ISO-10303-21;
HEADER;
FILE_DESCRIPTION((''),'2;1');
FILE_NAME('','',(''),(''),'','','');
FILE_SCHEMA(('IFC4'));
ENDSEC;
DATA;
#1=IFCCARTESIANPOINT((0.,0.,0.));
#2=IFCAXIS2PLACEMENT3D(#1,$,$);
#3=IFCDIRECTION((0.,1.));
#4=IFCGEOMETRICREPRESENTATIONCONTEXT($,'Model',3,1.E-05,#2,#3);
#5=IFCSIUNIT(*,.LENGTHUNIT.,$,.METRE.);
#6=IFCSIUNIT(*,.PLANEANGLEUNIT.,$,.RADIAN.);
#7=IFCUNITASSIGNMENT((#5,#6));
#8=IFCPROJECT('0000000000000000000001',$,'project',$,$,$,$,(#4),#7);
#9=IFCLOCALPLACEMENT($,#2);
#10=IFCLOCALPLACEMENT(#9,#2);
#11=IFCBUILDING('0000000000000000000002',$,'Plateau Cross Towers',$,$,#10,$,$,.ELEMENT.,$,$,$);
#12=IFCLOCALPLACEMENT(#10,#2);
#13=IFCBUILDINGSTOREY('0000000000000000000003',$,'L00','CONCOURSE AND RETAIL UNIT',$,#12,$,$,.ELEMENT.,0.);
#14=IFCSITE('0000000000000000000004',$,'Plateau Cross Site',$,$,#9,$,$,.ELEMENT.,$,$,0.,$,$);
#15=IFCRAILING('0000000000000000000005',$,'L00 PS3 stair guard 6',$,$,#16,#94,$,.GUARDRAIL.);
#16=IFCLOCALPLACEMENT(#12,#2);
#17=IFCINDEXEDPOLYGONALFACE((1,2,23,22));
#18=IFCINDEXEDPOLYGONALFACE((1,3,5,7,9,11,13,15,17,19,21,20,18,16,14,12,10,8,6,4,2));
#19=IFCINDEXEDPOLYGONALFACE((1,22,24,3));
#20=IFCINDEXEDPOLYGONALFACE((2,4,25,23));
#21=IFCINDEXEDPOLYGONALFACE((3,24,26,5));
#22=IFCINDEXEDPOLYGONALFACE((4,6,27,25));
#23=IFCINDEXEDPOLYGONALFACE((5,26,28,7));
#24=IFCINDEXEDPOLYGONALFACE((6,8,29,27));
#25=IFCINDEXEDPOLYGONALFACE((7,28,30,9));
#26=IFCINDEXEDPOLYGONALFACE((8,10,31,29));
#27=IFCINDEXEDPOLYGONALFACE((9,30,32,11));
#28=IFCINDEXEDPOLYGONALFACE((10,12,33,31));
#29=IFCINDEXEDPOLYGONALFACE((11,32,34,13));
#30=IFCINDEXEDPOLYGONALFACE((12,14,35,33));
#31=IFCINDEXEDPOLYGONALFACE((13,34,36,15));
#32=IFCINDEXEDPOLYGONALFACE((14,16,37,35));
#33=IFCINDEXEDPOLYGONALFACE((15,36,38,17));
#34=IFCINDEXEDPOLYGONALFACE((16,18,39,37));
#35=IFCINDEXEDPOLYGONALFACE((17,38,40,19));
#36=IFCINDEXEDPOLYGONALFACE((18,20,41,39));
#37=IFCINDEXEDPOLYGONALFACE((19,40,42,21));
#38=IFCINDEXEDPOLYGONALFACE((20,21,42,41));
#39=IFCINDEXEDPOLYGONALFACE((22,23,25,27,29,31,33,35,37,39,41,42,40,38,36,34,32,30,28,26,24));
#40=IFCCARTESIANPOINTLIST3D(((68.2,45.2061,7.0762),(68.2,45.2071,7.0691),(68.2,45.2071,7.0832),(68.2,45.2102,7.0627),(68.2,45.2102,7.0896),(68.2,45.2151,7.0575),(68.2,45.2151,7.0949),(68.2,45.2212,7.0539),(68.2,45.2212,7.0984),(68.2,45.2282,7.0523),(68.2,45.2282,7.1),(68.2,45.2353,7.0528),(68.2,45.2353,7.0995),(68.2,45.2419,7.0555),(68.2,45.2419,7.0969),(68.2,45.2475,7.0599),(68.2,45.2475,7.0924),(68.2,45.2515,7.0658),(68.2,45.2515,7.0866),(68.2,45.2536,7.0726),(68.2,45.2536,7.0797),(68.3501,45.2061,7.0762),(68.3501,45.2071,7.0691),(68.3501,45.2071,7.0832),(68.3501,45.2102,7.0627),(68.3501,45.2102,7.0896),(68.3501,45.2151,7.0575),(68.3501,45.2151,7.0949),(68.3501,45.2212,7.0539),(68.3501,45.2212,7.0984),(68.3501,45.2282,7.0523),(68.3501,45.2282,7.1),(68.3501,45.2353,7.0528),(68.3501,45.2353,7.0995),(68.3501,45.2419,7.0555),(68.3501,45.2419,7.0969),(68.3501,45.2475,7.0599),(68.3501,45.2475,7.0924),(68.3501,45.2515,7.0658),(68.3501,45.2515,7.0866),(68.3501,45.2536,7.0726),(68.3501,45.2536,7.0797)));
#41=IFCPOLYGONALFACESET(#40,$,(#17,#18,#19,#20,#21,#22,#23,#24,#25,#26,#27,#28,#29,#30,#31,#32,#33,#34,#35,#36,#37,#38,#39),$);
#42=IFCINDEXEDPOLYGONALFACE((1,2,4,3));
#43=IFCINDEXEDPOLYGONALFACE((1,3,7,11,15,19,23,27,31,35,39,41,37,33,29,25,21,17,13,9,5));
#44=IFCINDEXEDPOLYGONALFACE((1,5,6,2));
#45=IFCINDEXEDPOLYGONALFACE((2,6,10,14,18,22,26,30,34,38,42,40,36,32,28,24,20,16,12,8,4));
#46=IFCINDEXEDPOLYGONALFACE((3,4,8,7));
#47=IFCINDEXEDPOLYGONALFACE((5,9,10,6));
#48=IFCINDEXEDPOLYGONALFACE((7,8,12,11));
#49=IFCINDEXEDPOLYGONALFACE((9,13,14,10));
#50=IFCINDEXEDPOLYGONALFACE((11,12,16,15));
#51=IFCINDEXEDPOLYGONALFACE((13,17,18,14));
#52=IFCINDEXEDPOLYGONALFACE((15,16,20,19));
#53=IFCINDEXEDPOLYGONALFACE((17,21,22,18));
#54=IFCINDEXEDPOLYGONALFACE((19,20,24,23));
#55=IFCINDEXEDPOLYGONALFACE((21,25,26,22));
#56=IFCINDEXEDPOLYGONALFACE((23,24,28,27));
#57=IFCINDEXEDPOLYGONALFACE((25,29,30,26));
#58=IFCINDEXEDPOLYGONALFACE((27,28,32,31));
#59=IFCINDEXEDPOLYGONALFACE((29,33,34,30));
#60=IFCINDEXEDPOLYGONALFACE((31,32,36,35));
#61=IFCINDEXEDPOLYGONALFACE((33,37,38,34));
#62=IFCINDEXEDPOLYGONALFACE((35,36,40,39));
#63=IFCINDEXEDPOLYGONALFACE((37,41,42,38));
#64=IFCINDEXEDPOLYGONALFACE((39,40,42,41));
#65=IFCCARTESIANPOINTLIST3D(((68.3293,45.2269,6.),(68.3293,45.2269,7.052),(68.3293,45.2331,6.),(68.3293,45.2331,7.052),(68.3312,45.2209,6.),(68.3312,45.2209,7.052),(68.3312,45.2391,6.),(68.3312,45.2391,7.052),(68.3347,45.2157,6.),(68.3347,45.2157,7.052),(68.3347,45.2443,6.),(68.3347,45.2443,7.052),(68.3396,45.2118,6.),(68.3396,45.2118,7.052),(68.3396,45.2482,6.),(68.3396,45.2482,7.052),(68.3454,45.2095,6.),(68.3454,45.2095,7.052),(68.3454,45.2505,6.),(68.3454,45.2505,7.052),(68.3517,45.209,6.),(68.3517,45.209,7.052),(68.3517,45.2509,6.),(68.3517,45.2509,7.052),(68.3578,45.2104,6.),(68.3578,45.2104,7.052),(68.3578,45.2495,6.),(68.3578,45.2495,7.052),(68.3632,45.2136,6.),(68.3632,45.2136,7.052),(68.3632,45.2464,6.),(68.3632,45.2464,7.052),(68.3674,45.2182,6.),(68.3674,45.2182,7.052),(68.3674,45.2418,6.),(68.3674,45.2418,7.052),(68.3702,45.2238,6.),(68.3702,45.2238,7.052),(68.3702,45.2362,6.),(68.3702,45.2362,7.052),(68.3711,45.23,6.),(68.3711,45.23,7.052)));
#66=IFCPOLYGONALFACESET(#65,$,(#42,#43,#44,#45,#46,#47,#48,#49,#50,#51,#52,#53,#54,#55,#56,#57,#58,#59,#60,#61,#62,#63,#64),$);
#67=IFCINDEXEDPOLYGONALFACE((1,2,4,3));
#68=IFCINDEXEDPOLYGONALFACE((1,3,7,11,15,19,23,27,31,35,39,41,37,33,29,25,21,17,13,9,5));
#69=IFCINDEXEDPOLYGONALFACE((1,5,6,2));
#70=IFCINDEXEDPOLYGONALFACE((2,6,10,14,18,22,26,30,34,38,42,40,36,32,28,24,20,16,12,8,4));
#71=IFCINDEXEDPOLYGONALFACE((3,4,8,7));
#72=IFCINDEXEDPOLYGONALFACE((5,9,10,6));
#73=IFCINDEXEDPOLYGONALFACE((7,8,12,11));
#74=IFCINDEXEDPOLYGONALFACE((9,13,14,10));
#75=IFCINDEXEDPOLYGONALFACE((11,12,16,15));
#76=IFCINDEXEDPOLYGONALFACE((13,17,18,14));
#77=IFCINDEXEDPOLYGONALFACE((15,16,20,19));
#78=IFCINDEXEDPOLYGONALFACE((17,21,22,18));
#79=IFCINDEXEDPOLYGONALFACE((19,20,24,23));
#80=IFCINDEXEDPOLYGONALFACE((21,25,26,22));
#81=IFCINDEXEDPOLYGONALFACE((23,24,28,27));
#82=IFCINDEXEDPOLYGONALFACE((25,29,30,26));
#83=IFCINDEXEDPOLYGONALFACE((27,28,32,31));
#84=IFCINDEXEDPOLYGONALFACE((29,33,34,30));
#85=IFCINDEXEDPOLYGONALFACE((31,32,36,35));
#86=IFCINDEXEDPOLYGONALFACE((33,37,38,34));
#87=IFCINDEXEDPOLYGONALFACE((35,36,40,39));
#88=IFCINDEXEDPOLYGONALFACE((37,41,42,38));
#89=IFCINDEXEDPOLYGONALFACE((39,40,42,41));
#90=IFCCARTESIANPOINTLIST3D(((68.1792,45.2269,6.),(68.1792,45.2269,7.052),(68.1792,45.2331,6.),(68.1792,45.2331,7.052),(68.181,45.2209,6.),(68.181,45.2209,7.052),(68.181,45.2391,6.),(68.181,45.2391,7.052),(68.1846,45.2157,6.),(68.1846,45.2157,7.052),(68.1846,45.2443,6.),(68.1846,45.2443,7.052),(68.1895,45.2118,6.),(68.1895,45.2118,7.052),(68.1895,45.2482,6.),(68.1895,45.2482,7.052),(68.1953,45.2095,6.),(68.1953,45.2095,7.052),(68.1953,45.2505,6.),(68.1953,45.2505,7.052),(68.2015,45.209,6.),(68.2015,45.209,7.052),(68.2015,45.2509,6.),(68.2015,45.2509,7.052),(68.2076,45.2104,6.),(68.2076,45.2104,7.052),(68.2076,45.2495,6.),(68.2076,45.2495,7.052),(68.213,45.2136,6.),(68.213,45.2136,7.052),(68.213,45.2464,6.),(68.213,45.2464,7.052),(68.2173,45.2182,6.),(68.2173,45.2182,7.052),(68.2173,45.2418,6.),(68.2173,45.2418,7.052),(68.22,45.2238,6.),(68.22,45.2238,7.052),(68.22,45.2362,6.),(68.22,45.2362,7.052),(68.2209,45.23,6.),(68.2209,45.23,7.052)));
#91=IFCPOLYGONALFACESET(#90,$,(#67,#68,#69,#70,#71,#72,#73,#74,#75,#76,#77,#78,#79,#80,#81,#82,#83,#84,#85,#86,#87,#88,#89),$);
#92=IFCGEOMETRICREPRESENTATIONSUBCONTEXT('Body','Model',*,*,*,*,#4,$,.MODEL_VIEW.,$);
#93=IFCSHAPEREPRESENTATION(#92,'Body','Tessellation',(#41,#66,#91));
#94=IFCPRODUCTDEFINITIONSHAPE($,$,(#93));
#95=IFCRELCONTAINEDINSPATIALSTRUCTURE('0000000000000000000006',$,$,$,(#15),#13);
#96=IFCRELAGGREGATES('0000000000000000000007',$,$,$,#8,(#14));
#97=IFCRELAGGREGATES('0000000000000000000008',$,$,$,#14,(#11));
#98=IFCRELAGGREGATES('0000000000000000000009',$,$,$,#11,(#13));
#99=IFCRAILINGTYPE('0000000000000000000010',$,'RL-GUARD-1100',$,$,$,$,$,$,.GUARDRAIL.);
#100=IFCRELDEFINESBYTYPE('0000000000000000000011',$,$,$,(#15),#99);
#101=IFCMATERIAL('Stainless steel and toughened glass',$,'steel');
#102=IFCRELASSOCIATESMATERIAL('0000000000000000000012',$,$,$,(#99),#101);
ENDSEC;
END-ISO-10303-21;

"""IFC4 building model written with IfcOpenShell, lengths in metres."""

from ifc_helpers import new_model, si_unit, direction, frame, origin, origin_2d, place, context, subcontext, project, spatial, circle, extrude, material, type_object, element, save


model = new_model("IFC4")

# Units and contexts
model_context = context("Model", 3, precision=1e-05, world=origin(), true_north=direction((0.0, 1.0)))
body_context = subcontext(model_context, "Body", "Model", "MODEL_VIEW")
ifc_project = project(units=[si_unit("LENGTHUNIT", "METRE"), si_unit("PLANEANGLEUNIT", "RADIAN")], contexts=[model_context])

# Site, building, storey
site_placement = place(None, origin())
site = spatial("IfcSite", under=ifc_project, at=site_placement, Name="Plateau Cross Site", CompositionType="ELEMENT", RefElevation=0.0)
building_placement = place(site_placement, origin())
building = spatial("IfcBuilding", under=site, at=building_placement, Name="Plateau Cross Towers", CompositionType="ELEMENT")
storey_placement = place(building_placement, origin())
storey = spatial("IfcBuildingStorey", under=building, at=storey_placement, Name="L00", Description="CONCOURSE AND RETAIL UNIT", CompositionType="ELEMENT", Elevation=0.0)

# Railing
ifc_material_1 = material(Name="Stainless steel and toughened glass", Category="steel")
railing_type_1 = type_object("IfcRailingType", Name="RL-GUARD-1100", PredefinedType="GUARDRAIL", material=ifc_material_1)
railing_1_placement = place(storey_placement, frame((68.3501, 45.23, 6.0)))
element("IfcRailing", 1, at=railing_1_placement, inside=storey, type_object=railing_type_1, Name="L00 PS3 stair guard 6", PredefinedType="GUARDRAIL", context=body_context, shape_type="SweptSolid", body=[
    extrude(circle(Radius=0.0239, at=origin_2d()), frame((0.0, 0.0, 1.0762), z_axis=(-1.0, 0.0, 0.0), x_axis=(0.0, -1.0, 0.0)), (0.0, 0.0, 1.0), 0.1501),
    extrude(circle(Radius=0.021, at=origin_2d()), origin(), (0.0, 0.0, 1.0), 1.052),
    extrude(circle(Radius=0.021, at=origin_2d()), frame((-0.1501, 0.0, 0.0)), (0.0, 0.0, 1.0), 1.052),
])

save(model, "model.ifc")
